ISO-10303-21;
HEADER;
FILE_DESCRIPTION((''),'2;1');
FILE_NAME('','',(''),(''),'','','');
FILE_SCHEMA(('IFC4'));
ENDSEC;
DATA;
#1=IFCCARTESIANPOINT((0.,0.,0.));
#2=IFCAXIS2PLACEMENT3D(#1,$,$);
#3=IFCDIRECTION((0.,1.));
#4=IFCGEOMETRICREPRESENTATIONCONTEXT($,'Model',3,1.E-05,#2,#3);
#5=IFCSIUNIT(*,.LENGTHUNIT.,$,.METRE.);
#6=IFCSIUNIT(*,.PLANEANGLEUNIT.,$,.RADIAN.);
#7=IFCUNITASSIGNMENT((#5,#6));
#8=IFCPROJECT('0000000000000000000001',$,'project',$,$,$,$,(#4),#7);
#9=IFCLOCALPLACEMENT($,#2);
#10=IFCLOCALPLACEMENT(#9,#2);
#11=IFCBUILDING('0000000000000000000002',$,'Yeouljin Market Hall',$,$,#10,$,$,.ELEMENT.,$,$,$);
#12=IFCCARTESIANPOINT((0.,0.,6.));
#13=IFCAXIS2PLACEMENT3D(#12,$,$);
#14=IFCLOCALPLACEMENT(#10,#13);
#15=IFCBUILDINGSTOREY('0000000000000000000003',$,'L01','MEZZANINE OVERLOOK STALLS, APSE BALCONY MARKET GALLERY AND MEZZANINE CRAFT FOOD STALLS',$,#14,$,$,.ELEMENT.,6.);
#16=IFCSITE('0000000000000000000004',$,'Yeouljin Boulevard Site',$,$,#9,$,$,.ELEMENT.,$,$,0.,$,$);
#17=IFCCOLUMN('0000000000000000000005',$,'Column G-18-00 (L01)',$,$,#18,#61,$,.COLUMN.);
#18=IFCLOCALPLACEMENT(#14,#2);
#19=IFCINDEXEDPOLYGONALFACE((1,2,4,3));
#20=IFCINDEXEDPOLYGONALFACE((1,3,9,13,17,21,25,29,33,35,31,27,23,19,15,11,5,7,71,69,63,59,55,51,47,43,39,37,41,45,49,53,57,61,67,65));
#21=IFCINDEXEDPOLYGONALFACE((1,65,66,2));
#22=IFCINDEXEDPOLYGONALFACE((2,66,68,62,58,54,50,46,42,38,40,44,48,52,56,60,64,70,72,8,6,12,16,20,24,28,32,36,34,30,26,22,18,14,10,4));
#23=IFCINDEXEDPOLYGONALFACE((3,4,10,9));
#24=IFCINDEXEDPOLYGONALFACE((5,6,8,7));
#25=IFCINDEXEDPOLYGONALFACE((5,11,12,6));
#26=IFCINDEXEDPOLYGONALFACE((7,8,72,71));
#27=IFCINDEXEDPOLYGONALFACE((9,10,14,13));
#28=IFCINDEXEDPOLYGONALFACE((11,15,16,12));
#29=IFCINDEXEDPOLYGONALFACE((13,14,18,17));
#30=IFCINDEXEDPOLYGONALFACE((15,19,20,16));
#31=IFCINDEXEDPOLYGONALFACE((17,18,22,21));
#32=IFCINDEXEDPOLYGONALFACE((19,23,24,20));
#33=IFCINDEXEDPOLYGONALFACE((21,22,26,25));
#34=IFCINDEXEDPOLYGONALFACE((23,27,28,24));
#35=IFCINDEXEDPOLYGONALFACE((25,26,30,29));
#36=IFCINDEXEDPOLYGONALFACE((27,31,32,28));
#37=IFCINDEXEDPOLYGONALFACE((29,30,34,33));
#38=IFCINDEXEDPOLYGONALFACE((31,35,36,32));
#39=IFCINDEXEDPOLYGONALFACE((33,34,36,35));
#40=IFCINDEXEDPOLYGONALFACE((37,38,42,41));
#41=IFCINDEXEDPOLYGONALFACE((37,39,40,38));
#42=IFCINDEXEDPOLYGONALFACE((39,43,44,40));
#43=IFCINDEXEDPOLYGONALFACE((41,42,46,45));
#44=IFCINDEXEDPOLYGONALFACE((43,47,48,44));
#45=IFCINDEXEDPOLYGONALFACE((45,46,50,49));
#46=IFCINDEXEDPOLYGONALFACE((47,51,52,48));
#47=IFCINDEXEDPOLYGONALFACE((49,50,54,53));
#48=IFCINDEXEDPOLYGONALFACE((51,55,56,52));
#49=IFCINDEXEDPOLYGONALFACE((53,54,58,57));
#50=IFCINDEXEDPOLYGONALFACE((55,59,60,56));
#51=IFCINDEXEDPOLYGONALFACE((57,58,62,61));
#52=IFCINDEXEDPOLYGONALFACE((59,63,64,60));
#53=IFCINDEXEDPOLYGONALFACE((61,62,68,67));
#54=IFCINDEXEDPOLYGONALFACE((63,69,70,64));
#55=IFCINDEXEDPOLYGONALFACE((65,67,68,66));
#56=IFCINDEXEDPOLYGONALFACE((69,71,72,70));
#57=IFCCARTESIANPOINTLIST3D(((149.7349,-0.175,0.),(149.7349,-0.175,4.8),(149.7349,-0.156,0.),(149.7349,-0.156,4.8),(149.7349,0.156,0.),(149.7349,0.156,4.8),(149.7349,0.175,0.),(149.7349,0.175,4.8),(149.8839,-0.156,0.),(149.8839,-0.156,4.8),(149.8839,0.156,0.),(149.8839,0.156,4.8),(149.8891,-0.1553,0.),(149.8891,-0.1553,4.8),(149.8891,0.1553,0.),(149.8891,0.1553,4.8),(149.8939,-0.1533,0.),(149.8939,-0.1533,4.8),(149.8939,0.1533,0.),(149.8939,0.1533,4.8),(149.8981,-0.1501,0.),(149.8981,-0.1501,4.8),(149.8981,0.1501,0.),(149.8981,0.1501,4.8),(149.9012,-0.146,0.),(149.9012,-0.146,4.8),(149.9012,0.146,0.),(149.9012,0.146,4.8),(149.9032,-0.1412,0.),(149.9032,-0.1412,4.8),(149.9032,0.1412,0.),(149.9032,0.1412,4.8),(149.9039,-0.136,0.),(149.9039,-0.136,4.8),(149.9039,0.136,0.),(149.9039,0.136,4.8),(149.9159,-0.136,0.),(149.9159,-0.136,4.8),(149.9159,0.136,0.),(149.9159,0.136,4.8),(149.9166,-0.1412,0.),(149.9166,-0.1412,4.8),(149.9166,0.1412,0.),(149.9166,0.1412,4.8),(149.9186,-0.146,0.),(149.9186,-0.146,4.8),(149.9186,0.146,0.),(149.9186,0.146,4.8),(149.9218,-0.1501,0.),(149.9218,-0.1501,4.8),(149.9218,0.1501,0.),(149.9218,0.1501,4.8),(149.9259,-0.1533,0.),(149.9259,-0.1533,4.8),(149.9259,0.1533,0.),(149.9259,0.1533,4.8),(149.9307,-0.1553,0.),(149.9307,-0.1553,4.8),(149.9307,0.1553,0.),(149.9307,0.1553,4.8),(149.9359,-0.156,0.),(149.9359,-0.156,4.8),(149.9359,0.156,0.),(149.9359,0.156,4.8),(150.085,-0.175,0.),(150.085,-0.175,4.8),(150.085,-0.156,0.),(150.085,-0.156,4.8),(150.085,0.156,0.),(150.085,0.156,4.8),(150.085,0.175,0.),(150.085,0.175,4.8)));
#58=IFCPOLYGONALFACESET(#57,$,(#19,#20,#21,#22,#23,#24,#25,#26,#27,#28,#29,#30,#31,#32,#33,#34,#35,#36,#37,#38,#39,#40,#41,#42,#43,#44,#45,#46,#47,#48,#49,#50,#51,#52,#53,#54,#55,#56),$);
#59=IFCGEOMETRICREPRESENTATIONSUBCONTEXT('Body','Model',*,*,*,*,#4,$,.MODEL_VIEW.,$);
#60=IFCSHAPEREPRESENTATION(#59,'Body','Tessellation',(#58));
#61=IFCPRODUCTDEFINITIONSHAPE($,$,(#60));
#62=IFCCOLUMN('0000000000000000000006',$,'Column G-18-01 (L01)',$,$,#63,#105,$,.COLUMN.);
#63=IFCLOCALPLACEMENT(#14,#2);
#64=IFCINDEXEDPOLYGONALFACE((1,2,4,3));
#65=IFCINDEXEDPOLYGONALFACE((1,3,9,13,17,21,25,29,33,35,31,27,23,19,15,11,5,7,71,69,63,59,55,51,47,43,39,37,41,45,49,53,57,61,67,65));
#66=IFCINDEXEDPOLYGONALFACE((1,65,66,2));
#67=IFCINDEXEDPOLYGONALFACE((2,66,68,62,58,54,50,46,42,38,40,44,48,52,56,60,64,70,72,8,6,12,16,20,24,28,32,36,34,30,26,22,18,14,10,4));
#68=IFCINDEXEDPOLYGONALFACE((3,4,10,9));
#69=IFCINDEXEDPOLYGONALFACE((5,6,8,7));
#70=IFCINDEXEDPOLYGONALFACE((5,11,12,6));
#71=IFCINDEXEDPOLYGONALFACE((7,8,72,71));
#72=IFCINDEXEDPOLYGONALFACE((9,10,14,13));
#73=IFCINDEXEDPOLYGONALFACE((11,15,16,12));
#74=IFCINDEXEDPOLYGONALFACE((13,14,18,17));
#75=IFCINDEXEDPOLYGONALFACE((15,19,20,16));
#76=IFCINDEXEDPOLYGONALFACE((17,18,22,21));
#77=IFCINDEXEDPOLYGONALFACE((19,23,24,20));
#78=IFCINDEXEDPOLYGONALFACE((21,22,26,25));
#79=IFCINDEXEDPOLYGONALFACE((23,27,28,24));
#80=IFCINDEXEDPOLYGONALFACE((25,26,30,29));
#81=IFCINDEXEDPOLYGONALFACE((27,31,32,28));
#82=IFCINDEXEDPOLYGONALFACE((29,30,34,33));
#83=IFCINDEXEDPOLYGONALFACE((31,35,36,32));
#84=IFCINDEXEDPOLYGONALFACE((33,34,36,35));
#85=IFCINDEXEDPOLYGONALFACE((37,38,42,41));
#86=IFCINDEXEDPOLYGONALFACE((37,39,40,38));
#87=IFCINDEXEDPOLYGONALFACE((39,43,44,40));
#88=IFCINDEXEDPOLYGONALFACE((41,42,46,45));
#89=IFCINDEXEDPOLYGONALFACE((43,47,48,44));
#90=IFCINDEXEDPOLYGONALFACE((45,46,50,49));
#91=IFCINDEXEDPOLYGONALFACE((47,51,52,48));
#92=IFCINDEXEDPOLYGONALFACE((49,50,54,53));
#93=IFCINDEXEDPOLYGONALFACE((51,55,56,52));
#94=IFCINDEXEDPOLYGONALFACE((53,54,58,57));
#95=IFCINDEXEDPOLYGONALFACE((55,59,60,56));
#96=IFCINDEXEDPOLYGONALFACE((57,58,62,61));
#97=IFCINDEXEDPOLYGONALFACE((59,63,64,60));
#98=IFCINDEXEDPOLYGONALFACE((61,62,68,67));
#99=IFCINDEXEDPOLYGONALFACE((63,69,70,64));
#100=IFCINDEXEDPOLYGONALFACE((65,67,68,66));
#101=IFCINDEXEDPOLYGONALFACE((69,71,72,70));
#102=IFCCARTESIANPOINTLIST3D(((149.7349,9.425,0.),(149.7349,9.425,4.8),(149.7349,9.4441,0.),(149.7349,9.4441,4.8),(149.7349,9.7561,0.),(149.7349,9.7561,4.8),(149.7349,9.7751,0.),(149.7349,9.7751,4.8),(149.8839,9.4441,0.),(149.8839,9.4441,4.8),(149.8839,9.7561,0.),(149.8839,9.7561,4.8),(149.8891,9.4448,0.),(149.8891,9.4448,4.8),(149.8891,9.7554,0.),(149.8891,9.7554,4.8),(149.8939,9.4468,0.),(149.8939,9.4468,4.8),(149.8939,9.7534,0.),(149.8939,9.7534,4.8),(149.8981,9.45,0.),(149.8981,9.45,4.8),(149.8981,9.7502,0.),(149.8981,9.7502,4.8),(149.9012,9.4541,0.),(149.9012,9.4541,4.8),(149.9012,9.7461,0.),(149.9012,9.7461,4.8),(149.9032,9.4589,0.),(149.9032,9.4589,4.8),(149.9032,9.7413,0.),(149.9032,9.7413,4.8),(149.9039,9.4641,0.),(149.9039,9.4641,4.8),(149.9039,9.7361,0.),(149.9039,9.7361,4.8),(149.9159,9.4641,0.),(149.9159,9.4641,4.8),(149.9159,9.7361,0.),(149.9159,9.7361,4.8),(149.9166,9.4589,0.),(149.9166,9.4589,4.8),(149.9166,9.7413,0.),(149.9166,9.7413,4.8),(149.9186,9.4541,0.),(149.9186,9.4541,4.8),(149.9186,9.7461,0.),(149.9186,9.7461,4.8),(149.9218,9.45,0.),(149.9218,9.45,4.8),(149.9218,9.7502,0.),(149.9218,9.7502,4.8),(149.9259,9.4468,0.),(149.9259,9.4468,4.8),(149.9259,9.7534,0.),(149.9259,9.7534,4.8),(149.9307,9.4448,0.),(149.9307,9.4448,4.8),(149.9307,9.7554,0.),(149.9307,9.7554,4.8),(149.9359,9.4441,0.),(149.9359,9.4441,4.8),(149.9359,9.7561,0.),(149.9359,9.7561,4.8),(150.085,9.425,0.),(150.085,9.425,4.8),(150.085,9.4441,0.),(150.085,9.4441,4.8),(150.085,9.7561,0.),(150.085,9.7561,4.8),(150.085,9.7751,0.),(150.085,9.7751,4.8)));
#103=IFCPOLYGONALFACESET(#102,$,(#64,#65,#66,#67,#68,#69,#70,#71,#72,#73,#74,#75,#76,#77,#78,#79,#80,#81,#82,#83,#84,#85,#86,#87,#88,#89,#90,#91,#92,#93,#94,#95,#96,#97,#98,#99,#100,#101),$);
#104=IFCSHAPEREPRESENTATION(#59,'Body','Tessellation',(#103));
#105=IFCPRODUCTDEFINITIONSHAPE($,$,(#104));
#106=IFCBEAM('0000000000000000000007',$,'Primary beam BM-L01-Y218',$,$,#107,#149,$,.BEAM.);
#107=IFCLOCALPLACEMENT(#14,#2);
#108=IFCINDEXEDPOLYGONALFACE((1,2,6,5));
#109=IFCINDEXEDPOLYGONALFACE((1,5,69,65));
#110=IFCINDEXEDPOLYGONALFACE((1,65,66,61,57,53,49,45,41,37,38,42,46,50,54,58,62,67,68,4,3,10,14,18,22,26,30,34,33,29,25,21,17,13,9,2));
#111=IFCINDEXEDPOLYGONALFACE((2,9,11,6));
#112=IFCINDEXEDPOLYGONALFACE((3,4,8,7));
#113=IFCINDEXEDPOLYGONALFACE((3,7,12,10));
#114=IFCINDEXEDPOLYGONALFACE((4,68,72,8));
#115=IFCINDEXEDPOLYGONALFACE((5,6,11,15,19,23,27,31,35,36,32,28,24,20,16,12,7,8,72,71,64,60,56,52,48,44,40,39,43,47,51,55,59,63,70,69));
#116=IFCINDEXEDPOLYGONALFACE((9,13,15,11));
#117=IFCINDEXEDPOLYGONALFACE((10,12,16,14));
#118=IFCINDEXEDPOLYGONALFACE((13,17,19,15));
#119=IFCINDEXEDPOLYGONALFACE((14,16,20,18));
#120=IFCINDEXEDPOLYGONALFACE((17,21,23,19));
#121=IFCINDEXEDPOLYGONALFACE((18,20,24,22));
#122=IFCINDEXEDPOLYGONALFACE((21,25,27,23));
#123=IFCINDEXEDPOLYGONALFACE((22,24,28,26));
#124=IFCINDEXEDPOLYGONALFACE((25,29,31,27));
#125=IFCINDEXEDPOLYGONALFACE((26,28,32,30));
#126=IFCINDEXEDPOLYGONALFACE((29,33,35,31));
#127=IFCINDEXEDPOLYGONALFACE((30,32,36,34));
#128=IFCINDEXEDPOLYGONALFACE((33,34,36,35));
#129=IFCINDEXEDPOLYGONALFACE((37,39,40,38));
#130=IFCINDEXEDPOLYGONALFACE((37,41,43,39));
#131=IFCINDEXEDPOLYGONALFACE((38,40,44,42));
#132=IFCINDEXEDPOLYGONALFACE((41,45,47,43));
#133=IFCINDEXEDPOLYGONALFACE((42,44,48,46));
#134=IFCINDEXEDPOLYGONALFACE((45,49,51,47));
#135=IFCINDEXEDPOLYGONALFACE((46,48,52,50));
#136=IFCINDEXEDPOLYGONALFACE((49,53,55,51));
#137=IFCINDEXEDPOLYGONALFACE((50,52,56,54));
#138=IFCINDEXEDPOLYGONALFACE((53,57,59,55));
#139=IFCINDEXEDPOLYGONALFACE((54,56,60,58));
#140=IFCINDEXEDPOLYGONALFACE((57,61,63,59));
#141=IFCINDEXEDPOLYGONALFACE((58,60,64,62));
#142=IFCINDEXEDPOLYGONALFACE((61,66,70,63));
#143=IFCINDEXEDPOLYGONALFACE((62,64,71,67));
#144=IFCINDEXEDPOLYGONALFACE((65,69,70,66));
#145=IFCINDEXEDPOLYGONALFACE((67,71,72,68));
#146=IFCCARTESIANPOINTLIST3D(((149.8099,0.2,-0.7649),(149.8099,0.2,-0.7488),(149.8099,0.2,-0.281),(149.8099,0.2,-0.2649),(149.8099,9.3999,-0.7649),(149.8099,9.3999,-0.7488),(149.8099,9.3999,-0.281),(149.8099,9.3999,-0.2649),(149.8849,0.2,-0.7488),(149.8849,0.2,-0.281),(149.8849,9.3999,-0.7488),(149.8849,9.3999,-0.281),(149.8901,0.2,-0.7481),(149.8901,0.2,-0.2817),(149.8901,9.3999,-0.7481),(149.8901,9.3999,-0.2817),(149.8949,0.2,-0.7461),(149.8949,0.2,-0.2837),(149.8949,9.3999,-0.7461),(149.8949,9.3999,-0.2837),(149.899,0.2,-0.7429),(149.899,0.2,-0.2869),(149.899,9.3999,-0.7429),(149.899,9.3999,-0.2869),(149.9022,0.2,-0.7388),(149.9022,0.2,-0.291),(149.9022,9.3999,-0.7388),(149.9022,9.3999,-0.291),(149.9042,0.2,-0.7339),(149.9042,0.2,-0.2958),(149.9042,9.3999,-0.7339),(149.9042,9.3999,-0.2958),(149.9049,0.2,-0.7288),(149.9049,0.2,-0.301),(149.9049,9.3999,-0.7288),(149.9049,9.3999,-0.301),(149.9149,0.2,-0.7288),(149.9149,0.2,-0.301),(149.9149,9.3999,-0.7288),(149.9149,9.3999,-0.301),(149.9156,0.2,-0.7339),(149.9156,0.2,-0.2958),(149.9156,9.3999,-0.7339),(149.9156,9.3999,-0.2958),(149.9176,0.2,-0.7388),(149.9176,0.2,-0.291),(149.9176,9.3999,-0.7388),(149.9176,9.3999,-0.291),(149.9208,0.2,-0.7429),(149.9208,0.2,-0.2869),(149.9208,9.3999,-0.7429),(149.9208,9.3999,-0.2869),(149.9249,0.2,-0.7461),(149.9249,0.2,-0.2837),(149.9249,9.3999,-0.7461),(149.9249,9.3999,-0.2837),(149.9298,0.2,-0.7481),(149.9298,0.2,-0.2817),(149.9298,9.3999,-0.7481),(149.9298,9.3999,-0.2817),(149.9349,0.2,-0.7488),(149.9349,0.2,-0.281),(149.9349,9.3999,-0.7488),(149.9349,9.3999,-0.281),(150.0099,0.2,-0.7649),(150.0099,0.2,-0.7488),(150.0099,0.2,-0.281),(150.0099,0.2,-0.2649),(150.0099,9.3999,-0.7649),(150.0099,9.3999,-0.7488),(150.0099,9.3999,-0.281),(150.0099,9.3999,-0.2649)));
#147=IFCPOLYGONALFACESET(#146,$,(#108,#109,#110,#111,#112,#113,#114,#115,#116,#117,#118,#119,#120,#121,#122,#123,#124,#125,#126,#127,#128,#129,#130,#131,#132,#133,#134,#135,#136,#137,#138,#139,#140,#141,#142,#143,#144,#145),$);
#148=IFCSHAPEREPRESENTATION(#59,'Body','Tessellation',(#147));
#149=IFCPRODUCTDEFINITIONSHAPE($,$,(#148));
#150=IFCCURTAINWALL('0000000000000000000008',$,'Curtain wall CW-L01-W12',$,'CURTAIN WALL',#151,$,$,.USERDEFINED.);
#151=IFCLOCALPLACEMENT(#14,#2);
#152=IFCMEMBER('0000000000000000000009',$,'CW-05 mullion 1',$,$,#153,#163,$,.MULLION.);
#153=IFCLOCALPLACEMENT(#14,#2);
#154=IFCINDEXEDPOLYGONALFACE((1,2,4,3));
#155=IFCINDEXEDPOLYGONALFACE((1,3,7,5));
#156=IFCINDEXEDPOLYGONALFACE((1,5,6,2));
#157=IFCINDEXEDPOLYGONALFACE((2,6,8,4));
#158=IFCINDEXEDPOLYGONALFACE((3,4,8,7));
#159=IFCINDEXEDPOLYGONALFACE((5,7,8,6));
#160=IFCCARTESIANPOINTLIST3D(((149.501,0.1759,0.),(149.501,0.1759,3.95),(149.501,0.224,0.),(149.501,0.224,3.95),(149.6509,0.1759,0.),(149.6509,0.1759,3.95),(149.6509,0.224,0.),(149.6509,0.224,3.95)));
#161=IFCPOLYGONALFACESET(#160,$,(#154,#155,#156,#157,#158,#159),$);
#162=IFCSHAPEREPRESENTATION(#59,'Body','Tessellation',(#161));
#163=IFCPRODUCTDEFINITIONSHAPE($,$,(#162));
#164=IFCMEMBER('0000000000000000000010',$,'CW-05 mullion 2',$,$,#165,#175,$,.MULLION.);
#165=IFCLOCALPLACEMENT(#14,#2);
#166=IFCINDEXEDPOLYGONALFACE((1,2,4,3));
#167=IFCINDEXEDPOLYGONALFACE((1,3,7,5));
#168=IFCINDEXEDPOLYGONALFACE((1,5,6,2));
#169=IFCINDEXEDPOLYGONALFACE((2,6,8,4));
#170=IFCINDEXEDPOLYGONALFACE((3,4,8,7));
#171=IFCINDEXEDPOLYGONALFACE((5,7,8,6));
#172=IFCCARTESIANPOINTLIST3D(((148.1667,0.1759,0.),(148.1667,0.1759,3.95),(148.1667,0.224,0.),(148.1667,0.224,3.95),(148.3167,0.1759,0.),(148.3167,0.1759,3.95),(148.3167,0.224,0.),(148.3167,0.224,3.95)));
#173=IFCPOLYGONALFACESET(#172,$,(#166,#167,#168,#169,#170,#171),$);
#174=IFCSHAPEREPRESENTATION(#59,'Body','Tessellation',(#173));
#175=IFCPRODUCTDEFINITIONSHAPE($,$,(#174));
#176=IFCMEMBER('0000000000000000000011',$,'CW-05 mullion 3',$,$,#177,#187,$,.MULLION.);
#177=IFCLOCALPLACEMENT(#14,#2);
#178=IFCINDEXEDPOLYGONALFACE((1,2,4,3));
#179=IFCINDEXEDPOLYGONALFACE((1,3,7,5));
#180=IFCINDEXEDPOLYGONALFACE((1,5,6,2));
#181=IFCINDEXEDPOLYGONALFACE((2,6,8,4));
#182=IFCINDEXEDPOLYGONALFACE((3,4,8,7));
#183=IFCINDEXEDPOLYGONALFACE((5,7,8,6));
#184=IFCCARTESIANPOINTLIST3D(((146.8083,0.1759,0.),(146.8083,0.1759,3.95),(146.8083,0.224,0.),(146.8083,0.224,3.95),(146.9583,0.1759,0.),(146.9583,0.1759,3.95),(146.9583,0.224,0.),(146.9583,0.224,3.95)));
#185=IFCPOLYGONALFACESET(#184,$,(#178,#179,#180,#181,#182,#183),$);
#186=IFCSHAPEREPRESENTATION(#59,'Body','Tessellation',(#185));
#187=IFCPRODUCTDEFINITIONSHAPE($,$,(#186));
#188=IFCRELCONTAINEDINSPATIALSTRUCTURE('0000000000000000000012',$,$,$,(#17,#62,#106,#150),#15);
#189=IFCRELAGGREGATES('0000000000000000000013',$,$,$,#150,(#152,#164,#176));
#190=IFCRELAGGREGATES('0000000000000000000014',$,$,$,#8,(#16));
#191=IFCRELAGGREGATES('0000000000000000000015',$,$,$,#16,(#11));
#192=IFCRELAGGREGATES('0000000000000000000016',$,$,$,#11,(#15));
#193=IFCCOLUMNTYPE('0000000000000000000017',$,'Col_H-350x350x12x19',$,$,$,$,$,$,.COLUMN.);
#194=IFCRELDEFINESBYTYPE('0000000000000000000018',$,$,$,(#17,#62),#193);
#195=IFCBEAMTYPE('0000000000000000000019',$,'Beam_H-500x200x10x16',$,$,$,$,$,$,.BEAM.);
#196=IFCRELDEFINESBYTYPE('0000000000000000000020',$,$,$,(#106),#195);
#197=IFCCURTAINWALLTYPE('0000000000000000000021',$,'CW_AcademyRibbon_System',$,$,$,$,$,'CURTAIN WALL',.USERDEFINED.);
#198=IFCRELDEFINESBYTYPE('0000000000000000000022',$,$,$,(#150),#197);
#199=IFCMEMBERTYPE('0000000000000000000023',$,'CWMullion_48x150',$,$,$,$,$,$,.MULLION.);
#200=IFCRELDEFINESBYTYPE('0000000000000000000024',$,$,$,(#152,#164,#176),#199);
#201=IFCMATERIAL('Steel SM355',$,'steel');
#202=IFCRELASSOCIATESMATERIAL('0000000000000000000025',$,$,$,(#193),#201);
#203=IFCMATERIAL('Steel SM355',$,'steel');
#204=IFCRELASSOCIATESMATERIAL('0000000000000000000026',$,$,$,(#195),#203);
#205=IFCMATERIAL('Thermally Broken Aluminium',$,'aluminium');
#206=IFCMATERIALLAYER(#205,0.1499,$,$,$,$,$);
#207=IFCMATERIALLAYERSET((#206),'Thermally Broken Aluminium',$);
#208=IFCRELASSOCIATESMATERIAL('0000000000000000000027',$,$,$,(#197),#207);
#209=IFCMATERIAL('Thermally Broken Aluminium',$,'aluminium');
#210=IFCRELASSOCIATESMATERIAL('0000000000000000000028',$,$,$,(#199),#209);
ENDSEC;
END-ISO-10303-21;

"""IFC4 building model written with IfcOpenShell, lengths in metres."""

from ifc_helpers import new_model, si_unit, direction, frame, origin, origin_2d, place, context, subcontext, project, spatial, rectangle, i_section, extrude, material, layer, layer_set, material_profile, profile_set, type_object, element, aggregate, save


model = new_model("IFC4")

# Units and contexts
model_context = context("Model", 3, precision=1e-05, world=origin(), true_north=direction((0.0, 1.0)))
body_context = subcontext(model_context, "Body", "Model", "MODEL_VIEW")
ifc_project = project(units=[si_unit("LENGTHUNIT", "METRE"), si_unit("PLANEANGLEUNIT", "RADIAN")], contexts=[model_context])

# Site, building, storey
site_placement = place(None, origin())
site = spatial("IfcSite", under=ifc_project, at=site_placement, Name="Yeouljin Boulevard Site", CompositionType="ELEMENT", RefElevation=0.0)
building_placement = place(site_placement, origin())
building = spatial("IfcBuilding", under=site, at=building_placement, Name="Yeouljin Market Hall", CompositionType="ELEMENT")
storey_placement = place(building_placement, frame((0.0, 0.0, 6.0)))
storey = spatial("IfcBuildingStorey", under=building, at=storey_placement, Name="L01", Description="MEZZANINE OVERLOOK STALLS, APSE BALCONY MARKET GALLERY AND MEZZANINE CRAFT FOOD STALLS", CompositionType="ELEMENT", Elevation=6.0)

# Columns
ifc_material_1 = material(Name="Steel SM355", Category="steel")
ifc_material_profile_1 = material_profile(ifc_material_1, i_section(OverallWidth=0.3501, OverallDepth=0.3501, WebThickness=0.012, FlangeThickness=0.019, FilletRadius=0.02, at=origin_2d()), Name="H-350x350x12x19")
ifc_profile_set_1 = profile_set([ifc_material_profile_1], Name="Steel SM355")
column_type = type_object("IfcColumnType", Name="Col_H-350x350x12x19", PredefinedType="COLUMN", material=ifc_profile_set_1)
for number, where, z_axis, x_axis, name in (
    (1, (149.9099, 0.0, 0.0), (0.0, 0.0, 1.0), (1.0, 0.0, 0.0), "Column G-18-00 (L01)"),
    (2, (149.9099, 9.6001, 0.0), (0.0, 0.0, 1.0), (1.0, 0.0, 0.0), "Column G-18-01 (L01)"),
):
    element("IfcColumn", number, at=place(storey_placement, frame(where, z_axis=z_axis, x_axis=x_axis)), inside=storey, type_object=column_type, Name=name, PredefinedType="COLUMN", context=body_context, shape_type="SweptSolid", body=[
        extrude(i_section(OverallWidth=0.3501, OverallDepth=0.3501, WebThickness=0.012, FlangeThickness=0.019, FilletRadius=0.02, at=origin_2d()), origin(), (0.0, 0.0, 1.0), 4.8),
    ])

# Beam
ifc_material_2 = material(Name="Steel SM355", Category="steel")
ifc_material_profile_2 = material_profile(ifc_material_2, i_section(OverallWidth=0.2, OverallDepth=0.5, WebThickness=0.01, FlangeThickness=0.0161, FilletRadius=0.02, at=origin_2d()), Name="H-500x200x10x16")
ifc_profile_set_2 = profile_set([ifc_material_profile_2], Name="Steel SM355")
beam_type_1 = type_object("IfcBeamType", Name="Beam_H-500x200x10x16", PredefinedType="BEAM", material=ifc_profile_set_2)
beam_1_placement = place(storey_placement, frame((149.9099, 0.2, -0.5149), z_axis=(0.0, 1.0, 0.0), x_axis=(-1.0, 0.0, 0.0)))
element("IfcBeam", 3, at=beam_1_placement, inside=storey, type_object=beam_type_1, Name="Primary beam BM-L01-Y218", PredefinedType="BEAM", context=body_context, shape_type="SweptSolid", body=[
    extrude(i_section(OverallWidth=0.2, OverallDepth=0.5, WebThickness=0.01, FlangeThickness=0.0161, FilletRadius=0.02, at=origin_2d()), origin(), (0.0, 0.0, 1.0), 9.2),
])

# Curtain wall, members
ifc_material_3 = material(Name="Thermally Broken Aluminium", Category="aluminium")
ifc_layer_1 = layer(ifc_material_3, 0.1499)
ifc_layer_set_1 = layer_set([ifc_layer_1], Name="Thermally Broken Aluminium")
curtain_wall_type = type_object("IfcCurtainWallType", Name="CW_AcademyRibbon_System", ElementType="CURTAIN WALL", PredefinedType="USERDEFINED", material=ifc_layer_set_1)
curtain_wall_placement = place(storey_placement, origin())
curtain_wall = element("IfcCurtainWall", 4, at=curtain_wall_placement, inside=storey, type_object=curtain_wall_type, Name="Curtain wall CW-L01-W12", ObjectType="CURTAIN WALL", PredefinedType="USERDEFINED")
ifc_material_4 = material(Name="Thermally Broken Aluminium", Category="aluminium")
ifc_material_profile_3 = material_profile(ifc_material_4, rectangle(XDim=0.0481, YDim=0.1499, at=origin_2d()), Name="CW-MULL-48x150")
ifc_profile_set_3 = profile_set([ifc_material_profile_3], Name="Thermally Broken Aluminium")
member_type_1 = type_object("IfcMemberType", Name="CWMullion_48x150", PredefinedType="MULLION", material=ifc_profile_set_3)
member_1_placement = place(storey_placement, frame((149.5759, 0.2, 0.0), z_axis=(0.0, 0.0, 1.0), x_axis=(0.0, -1.0, 0.0)))
member_1 = element("IfcMember", 5, at=member_1_placement, type_object=member_type_1, Name="CW-05 mullion 1", PredefinedType="MULLION", context=body_context, shape_type="SweptSolid", body=[
    extrude(rectangle(XDim=0.0481, YDim=0.1499, at=origin_2d()), origin(), (0.0, 0.0, 1.0), 3.95),
])
member_2_placement = place(storey_placement, frame((148.2417, 0.2, 0.0), z_axis=(0.0, 0.0, 1.0), x_axis=(0.0, -1.0, 0.0)))
member_2 = element("IfcMember", 6, at=member_2_placement, type_object=member_type_1, Name="CW-05 mullion 2", PredefinedType="MULLION", context=body_context, shape_type="SweptSolid", body=[
    extrude(rectangle(XDim=0.0481, YDim=0.1499, at=origin_2d()), origin(), (0.0, 0.0, 1.0), 3.95),
])
member_3_placement = place(storey_placement, frame((146.8833, 0.2, 0.0), z_axis=(0.0, 0.0, 1.0), x_axis=(0.0, -1.0, 0.0)))
member_3 = element("IfcMember", 7, at=member_3_placement, type_object=member_type_1, Name="CW-05 mullion 3", PredefinedType="MULLION", context=body_context, shape_type="SweptSolid", body=[
    extrude(rectangle(XDim=0.0481, YDim=0.1499, at=origin_2d()), origin(), (0.0, 0.0, 1.0), 3.95),
])

aggregate(curtain_wall, [member_1, member_2, member_3])

save(model, "model.ifc")
